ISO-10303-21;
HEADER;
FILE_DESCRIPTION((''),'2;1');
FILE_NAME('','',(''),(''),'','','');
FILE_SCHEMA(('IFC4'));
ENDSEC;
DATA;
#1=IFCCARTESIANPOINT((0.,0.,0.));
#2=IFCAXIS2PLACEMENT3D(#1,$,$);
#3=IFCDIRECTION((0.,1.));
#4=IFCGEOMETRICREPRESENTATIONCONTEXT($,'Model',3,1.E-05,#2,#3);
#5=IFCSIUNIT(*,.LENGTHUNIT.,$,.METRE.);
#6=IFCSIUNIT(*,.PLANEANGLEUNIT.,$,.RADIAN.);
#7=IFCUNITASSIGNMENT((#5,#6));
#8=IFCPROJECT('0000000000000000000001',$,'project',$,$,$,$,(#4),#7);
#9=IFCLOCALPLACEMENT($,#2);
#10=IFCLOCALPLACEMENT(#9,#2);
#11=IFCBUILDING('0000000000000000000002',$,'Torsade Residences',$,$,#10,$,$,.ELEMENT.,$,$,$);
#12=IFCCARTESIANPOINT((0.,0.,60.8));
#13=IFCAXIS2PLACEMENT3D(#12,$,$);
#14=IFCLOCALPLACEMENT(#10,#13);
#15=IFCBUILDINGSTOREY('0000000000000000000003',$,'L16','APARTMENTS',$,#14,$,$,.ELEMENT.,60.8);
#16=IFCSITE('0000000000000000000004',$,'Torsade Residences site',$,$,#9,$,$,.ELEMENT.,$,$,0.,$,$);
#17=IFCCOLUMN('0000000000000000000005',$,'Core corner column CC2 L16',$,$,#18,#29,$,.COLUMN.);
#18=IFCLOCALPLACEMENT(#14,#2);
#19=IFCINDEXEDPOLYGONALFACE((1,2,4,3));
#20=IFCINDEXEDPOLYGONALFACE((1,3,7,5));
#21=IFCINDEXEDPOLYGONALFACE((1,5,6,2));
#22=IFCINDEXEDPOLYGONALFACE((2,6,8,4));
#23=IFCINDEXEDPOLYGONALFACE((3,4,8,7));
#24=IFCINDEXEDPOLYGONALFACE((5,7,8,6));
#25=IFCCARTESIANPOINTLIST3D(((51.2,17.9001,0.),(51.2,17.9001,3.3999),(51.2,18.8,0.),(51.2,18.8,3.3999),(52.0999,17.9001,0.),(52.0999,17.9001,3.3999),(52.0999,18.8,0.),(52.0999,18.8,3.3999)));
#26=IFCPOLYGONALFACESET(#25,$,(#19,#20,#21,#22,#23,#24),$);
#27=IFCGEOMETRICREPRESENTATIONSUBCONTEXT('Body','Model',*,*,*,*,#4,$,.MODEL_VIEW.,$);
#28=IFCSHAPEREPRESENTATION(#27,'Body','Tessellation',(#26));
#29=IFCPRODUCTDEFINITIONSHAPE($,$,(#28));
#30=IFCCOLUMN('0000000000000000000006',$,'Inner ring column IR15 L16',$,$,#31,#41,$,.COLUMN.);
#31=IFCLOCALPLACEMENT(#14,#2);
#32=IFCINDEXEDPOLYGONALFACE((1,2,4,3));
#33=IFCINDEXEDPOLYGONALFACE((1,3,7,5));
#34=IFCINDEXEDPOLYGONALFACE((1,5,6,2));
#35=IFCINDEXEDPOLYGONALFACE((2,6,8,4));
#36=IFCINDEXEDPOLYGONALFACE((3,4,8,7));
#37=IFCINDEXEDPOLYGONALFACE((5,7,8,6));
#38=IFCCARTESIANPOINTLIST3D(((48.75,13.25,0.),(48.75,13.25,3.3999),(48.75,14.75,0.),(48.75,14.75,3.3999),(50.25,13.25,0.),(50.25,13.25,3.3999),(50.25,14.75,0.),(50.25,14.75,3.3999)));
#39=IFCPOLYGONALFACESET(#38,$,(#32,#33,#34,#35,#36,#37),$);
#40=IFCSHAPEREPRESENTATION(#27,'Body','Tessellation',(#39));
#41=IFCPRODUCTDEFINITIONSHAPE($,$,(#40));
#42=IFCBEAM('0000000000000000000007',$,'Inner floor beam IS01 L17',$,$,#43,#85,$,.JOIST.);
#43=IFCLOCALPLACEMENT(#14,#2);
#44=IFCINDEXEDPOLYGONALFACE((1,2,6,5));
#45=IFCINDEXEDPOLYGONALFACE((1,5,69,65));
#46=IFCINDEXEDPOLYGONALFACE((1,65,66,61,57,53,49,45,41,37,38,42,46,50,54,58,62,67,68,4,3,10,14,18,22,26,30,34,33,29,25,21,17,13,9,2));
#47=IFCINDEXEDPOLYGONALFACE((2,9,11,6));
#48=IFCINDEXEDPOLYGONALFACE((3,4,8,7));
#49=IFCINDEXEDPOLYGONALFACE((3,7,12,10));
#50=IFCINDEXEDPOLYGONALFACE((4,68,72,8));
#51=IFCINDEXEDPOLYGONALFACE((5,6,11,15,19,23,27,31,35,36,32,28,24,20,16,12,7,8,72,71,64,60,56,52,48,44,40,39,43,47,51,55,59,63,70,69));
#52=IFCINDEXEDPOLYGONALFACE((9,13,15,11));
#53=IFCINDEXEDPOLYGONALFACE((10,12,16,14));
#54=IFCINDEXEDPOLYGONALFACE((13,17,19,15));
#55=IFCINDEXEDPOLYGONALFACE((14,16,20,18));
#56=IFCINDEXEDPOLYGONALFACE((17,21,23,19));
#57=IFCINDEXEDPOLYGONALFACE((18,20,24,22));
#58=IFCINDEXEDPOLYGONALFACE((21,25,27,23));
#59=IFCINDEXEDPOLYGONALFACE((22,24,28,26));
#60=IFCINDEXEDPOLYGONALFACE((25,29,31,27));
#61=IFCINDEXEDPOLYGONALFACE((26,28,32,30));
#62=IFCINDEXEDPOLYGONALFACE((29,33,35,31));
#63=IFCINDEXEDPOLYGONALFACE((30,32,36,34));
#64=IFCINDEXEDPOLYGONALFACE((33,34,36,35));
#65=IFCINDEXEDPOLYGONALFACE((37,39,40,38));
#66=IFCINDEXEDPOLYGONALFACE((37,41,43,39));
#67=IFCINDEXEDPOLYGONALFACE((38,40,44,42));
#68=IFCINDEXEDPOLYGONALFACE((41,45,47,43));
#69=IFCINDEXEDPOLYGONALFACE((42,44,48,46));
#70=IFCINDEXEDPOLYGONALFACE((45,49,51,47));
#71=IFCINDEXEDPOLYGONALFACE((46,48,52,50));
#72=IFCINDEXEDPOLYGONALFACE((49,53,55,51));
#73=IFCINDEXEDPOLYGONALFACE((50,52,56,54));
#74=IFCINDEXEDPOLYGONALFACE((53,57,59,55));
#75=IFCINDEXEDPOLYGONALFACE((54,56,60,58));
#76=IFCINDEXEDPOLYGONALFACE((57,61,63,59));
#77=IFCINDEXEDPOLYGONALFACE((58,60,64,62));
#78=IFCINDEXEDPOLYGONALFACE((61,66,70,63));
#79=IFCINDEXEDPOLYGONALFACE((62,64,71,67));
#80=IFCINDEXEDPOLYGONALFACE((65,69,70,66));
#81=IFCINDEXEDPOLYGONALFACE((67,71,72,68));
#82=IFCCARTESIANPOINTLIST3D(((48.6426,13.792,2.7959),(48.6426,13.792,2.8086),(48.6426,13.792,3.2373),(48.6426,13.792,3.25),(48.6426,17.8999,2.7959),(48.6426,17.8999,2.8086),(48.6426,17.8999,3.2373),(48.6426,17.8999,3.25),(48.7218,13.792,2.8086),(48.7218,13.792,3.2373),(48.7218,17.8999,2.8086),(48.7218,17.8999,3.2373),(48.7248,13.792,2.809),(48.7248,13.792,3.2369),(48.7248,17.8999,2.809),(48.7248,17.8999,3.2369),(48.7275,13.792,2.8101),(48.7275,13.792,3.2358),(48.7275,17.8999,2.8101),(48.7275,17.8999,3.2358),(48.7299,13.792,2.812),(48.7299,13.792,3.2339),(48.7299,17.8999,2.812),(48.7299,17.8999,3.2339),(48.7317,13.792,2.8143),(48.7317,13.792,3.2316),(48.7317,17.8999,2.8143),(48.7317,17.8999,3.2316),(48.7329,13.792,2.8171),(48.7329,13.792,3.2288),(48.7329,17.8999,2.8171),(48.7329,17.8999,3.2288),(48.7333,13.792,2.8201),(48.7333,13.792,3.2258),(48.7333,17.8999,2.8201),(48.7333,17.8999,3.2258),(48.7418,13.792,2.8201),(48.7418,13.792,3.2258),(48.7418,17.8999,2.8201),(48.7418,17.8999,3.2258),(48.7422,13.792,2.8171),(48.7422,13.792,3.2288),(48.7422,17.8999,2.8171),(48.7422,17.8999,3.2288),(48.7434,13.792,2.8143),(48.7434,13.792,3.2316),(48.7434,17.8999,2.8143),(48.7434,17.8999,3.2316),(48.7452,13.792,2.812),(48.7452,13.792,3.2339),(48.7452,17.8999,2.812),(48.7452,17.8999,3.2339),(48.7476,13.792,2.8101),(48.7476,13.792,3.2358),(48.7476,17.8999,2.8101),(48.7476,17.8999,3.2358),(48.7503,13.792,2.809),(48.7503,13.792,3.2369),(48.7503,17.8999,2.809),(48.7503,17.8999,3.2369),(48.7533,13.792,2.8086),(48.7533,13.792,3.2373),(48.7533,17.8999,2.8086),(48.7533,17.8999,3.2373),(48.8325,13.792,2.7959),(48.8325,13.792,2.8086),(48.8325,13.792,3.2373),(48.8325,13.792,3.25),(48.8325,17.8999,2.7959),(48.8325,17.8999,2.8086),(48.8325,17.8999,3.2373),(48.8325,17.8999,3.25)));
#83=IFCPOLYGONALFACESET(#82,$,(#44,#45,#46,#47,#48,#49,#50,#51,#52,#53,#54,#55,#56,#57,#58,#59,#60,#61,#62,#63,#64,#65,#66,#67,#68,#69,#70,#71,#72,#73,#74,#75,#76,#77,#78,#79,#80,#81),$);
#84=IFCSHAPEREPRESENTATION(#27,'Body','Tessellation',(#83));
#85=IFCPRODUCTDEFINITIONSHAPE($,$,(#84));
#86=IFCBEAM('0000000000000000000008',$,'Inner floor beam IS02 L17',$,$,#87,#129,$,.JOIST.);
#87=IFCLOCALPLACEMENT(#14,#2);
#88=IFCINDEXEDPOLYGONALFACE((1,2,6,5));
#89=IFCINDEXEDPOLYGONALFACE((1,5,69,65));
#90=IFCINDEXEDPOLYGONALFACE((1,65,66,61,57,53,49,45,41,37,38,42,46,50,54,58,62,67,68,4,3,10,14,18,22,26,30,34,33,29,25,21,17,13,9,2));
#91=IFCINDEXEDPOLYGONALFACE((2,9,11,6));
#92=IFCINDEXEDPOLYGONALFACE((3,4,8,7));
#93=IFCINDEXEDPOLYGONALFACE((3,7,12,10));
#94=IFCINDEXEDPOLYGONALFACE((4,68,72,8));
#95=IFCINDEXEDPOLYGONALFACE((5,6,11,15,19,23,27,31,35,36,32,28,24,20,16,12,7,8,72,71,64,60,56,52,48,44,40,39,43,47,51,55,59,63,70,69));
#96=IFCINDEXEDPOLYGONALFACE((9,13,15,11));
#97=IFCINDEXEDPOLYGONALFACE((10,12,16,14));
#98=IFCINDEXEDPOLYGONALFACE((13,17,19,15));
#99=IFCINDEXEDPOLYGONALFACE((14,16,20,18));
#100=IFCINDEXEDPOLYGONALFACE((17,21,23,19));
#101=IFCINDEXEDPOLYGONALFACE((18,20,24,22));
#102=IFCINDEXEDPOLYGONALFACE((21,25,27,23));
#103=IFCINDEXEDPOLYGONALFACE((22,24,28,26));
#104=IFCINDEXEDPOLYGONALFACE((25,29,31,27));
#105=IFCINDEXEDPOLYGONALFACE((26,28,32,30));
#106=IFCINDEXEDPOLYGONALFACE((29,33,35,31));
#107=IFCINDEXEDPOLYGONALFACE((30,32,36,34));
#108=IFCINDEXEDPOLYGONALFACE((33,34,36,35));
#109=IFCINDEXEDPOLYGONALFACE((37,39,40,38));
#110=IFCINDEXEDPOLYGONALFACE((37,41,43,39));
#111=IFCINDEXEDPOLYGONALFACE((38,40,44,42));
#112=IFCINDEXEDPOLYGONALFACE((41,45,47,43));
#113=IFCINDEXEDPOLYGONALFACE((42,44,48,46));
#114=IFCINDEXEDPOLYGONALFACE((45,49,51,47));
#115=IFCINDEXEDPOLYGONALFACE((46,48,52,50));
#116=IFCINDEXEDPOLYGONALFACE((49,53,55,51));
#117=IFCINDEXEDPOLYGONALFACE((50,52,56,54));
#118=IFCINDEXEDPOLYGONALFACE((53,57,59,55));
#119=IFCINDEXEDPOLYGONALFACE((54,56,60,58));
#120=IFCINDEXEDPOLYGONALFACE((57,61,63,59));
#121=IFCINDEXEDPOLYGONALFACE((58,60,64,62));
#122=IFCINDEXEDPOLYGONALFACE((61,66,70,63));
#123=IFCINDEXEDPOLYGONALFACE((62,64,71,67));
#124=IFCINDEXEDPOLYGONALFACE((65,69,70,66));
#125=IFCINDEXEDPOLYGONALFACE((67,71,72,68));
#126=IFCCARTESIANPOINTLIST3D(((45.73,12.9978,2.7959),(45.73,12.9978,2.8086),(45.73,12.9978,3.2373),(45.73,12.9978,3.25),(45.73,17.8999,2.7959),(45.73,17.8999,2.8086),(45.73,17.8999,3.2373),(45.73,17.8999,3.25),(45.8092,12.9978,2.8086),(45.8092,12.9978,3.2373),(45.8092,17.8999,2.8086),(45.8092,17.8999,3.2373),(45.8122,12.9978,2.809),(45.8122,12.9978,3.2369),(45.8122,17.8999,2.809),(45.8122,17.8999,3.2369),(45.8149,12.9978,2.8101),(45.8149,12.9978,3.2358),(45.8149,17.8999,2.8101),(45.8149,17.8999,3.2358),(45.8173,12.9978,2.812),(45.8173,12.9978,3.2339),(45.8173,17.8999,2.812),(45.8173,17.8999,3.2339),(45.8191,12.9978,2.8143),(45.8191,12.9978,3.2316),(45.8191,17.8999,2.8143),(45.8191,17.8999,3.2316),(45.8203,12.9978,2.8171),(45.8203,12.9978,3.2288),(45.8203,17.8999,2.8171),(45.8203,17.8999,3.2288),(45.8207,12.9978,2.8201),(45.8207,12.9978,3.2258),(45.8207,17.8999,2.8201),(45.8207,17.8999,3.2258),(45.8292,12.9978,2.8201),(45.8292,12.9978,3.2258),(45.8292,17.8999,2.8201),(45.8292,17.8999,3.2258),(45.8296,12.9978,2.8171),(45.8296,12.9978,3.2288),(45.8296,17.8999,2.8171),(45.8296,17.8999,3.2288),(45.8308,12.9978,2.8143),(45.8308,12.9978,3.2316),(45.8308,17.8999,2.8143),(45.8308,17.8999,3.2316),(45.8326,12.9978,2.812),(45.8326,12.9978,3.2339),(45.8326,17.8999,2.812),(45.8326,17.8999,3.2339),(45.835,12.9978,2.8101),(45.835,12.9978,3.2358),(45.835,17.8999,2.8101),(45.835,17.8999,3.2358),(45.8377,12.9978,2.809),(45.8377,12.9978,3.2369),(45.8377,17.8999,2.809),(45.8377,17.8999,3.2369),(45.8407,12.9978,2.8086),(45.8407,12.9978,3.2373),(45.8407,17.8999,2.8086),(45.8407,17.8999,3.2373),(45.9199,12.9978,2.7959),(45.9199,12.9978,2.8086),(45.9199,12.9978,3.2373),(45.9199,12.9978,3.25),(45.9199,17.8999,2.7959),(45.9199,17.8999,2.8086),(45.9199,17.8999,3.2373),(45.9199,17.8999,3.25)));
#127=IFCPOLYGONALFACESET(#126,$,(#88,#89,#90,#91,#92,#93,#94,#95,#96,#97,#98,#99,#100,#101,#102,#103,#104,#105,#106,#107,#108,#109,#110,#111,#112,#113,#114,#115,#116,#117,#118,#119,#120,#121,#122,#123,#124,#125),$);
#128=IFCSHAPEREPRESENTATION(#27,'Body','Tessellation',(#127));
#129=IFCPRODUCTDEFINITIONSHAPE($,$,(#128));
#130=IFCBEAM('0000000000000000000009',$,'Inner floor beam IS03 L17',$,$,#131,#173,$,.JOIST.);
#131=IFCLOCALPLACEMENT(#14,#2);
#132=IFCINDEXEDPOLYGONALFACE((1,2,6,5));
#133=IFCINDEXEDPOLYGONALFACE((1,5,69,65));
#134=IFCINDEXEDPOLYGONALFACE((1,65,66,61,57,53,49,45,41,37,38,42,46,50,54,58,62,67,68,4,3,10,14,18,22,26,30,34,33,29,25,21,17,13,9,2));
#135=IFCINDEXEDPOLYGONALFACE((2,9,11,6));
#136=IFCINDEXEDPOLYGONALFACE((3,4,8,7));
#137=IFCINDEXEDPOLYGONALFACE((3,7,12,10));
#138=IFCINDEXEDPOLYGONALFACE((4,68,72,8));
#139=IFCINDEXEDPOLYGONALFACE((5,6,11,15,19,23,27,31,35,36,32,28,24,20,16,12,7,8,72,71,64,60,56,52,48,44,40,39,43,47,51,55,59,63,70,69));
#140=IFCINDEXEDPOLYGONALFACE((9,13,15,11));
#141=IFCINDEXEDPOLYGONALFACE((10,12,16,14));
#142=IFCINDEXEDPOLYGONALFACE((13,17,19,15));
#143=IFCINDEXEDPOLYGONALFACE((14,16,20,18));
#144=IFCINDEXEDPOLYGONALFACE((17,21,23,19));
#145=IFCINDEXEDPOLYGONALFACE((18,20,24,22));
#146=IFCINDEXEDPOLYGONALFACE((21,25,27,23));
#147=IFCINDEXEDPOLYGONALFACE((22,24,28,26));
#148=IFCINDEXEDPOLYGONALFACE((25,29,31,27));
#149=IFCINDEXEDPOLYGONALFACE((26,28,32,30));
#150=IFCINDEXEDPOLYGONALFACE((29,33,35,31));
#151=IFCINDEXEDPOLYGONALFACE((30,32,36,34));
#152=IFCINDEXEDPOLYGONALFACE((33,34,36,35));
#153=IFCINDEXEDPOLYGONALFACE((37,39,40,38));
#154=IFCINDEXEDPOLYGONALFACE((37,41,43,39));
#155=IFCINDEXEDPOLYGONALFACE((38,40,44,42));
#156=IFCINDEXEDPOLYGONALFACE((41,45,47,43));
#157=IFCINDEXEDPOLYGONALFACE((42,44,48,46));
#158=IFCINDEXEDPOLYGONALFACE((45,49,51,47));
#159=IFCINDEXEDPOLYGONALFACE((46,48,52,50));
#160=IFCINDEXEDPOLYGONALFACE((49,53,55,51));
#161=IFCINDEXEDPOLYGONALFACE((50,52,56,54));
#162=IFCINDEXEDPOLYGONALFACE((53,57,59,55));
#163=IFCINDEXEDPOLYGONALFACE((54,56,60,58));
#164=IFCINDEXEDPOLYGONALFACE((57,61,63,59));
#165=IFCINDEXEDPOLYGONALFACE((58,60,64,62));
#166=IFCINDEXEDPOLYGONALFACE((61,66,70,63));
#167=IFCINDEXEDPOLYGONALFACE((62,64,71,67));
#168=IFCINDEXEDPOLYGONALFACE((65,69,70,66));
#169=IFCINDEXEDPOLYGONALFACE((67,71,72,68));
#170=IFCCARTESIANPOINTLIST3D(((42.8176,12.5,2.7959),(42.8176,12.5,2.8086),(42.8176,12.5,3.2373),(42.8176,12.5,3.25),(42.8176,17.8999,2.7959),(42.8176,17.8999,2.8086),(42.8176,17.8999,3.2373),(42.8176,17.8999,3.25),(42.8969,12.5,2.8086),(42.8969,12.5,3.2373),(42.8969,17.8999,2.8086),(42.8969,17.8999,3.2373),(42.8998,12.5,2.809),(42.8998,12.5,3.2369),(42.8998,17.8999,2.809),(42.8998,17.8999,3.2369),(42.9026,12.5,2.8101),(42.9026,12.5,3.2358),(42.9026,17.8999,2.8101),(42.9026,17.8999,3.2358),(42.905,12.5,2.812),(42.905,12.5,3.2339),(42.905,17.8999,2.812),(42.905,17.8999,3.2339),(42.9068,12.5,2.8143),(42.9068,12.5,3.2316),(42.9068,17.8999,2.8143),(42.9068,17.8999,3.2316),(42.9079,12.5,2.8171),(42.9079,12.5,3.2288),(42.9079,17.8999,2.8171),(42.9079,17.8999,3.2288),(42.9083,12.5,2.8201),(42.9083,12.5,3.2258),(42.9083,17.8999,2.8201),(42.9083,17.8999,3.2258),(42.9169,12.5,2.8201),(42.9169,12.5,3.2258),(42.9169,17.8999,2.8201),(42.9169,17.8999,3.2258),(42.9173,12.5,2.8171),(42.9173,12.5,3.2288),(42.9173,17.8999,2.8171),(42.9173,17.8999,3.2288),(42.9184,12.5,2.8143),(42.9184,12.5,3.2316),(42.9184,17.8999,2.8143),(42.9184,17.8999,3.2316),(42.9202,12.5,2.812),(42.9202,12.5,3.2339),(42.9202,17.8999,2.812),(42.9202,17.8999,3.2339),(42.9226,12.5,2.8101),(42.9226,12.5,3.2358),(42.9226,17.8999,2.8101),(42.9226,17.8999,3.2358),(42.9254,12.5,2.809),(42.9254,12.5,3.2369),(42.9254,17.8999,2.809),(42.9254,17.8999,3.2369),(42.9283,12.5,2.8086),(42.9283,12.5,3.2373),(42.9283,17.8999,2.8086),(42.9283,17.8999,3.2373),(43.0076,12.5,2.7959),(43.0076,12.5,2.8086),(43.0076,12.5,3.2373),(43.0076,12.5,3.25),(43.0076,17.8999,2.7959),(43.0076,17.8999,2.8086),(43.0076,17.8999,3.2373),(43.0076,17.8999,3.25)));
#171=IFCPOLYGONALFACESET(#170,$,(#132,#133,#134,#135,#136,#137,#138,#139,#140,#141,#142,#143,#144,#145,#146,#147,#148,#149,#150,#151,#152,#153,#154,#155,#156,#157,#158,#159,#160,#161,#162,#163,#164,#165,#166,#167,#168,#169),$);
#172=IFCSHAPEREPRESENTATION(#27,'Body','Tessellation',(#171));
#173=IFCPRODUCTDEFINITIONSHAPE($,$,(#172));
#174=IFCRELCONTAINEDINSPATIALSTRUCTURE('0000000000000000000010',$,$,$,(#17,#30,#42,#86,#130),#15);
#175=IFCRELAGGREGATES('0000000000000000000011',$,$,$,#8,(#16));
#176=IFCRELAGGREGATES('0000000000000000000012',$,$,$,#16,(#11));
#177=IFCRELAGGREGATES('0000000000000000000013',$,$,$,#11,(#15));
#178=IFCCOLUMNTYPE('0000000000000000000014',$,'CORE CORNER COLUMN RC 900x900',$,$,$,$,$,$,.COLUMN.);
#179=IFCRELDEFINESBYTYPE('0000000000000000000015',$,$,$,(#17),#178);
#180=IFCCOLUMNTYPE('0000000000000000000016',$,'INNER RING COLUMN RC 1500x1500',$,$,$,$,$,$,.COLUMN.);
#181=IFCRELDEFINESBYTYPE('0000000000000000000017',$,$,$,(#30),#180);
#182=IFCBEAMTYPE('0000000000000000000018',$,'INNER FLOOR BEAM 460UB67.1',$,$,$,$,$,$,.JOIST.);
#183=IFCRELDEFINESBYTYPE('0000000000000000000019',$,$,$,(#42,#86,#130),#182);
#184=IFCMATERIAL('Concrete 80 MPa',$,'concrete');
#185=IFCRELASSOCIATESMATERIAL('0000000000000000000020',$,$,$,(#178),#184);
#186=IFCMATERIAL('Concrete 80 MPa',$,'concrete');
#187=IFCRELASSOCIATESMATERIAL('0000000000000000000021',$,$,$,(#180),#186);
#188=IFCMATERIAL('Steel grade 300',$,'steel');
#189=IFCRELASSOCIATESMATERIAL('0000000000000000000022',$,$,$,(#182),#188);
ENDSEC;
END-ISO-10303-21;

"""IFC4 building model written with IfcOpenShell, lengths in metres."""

from ifc_helpers import new_model, si_unit, direction, frame, origin, origin_2d, place, context, subcontext, project, spatial, rectangle, i_section, extrude, material, material_profile, profile_set, type_object, element, save


model = new_model("IFC4")

# Units and contexts
model_context = context("Model", 3, precision=1e-05, world=origin(), true_north=direction((0.0, 1.0)))
body_context = subcontext(model_context, "Body", "Model", "MODEL_VIEW")
ifc_project = project(units=[si_unit("LENGTHUNIT", "METRE"), si_unit("PLANEANGLEUNIT", "RADIAN")], contexts=[model_context])

# Site, building, storey
site_placement = place(None, origin())
site = spatial("IfcSite", under=ifc_project, at=site_placement, Name="Torsade Residences site", CompositionType="ELEMENT", RefElevation=0.0)
building_placement = place(site_placement, origin())
building = spatial("IfcBuilding", under=site, at=building_placement, Name="Torsade Residences", CompositionType="ELEMENT")
storey_placement = place(building_placement, frame((0.0, 0.0, 60.8)))
storey = spatial("IfcBuildingStorey", under=building, at=storey_placement, Name="L16", Description="APARTMENTS", CompositionType="ELEMENT", Elevation=60.8)

# Columns
ifc_material_1 = material(Name="Concrete 80 MPa", Category="concrete")
ifc_material_profile_1 = material_profile(ifc_material_1, rectangle(XDim=0.8999, YDim=0.8999, at=origin_2d()), Name="RC 900x900")
ifc_profile_set_1 = profile_set([ifc_material_profile_1], Name="Concrete 80 MPa")
column_type_1 = type_object("IfcColumnType", Name="CORE CORNER COLUMN RC 900x900", PredefinedType="COLUMN", material=ifc_profile_set_1)
column_1_placement = place(storey_placement, frame((51.6499, 18.3501, 0.0), z_axis=(0.0, 0.0, 1.0), x_axis=(1.0, 0.0, 0.0)))
element("IfcColumn", 1, at=column_1_placement, inside=storey, type_object=column_type_1, Name="Core corner column CC2 L16", PredefinedType="COLUMN", context=body_context, shape_type="SweptSolid", body=[
    extrude(rectangle(XDim=0.8999, YDim=0.8999, at=origin_2d()), origin(), (0.0, 0.0, 1.0), 3.3999),
])
ifc_material_2 = material(Name="Concrete 80 MPa", Category="concrete")
ifc_material_profile_2 = material_profile(ifc_material_2, rectangle(XDim=1.5, YDim=1.5, at=origin_2d()), Name="RC 1500x1500")
ifc_profile_set_2 = profile_set([ifc_material_profile_2], Name="Concrete 80 MPa")
column_type_2 = type_object("IfcColumnType", Name="INNER RING COLUMN RC 1500x1500", PredefinedType="COLUMN", material=ifc_profile_set_2)
column_2_placement = place(storey_placement, frame((49.5, 14.0, 0.0), z_axis=(0.0, 0.0, 1.0), x_axis=(1.0, 0.0, 0.0)))
element("IfcColumn", 2, at=column_2_placement, inside=storey, type_object=column_type_2, Name="Inner ring column IR15 L16", PredefinedType="COLUMN", context=body_context, shape_type="SweptSolid", body=[
    extrude(rectangle(XDim=1.5, YDim=1.5, at=origin_2d()), origin(), (0.0, 0.0, 1.0), 3.3999),
])

# Beams
ifc_material_3 = material(Name="Steel grade 300", Category="steel")
ifc_material_profile_3 = material_profile(ifc_material_3, i_section(OverallWidth=0.1899, OverallDepth=0.4541, WebThickness=0.0085, FlangeThickness=0.0127, FilletRadius=0.0115, at=origin_2d()), Name="460UB67.1")
ifc_profile_set_3 = profile_set([ifc_material_profile_3], Name="Steel grade 300")
beam_type_1 = type_object("IfcBeamType", Name="INNER FLOOR BEAM 460UB67.1", PredefinedType="JOIST", material=ifc_profile_set_3)
beam_1_placement = place(storey_placement, frame((48.7375, 17.8999, 3.0229), z_axis=(0.0, -1.0, 0.0), x_axis=(1.0, 0.0, 0.0)))
element("IfcBeam", 3, at=beam_1_placement, inside=storey, type_object=beam_type_1, Name="Inner floor beam IS01 L17", PredefinedType="JOIST", context=body_context, shape_type="SweptSolid", body=[
    extrude(i_section(OverallWidth=0.1899, OverallDepth=0.4541, WebThickness=0.0085, FlangeThickness=0.0127, FilletRadius=0.0115, at=origin_2d()), origin(), (0.0, 0.0, 1.0), 4.1079),
])
beam_2_placement = place(storey_placement, frame((45.825, 17.8999, 3.0229), z_axis=(0.0, -1.0, 0.0), x_axis=(1.0, 0.0, 0.0)))
element("IfcBeam", 4, at=beam_2_placement, inside=storey, type_object=beam_type_1, Name="Inner floor beam IS02 L17", PredefinedType="JOIST", context=body_context, shape_type="SweptSolid", body=[
    extrude(i_section(OverallWidth=0.1899, OverallDepth=0.4541, WebThickness=0.0085, FlangeThickness=0.0127, FilletRadius=0.0115, at=origin_2d()), origin(), (0.0, 0.0, 1.0), 4.9021),
])
for number, where, z_axis, x_axis, name in (
    (5, (42.9126, 17.8999, 3.0229), (0.0, -1.0, 0.0), (1.0, 0.0, 0.0), "Inner floor beam IS03 L17"),
):
    element("IfcBeam", number, at=place(storey_placement, frame(where, z_axis=z_axis, x_axis=x_axis)), inside=storey, type_object=beam_type_1, Name=name, PredefinedType="JOIST", context=body_context, shape_type="SweptSolid", body=[
        extrude(i_section(OverallWidth=0.1899, OverallDepth=0.4541, WebThickness=0.0085, FlangeThickness=0.0127, FilletRadius=0.0115, at=origin_2d()), origin(), (0.0, 0.0, 1.0), 5.3999),
    ])

save(model, "model.ifc")
